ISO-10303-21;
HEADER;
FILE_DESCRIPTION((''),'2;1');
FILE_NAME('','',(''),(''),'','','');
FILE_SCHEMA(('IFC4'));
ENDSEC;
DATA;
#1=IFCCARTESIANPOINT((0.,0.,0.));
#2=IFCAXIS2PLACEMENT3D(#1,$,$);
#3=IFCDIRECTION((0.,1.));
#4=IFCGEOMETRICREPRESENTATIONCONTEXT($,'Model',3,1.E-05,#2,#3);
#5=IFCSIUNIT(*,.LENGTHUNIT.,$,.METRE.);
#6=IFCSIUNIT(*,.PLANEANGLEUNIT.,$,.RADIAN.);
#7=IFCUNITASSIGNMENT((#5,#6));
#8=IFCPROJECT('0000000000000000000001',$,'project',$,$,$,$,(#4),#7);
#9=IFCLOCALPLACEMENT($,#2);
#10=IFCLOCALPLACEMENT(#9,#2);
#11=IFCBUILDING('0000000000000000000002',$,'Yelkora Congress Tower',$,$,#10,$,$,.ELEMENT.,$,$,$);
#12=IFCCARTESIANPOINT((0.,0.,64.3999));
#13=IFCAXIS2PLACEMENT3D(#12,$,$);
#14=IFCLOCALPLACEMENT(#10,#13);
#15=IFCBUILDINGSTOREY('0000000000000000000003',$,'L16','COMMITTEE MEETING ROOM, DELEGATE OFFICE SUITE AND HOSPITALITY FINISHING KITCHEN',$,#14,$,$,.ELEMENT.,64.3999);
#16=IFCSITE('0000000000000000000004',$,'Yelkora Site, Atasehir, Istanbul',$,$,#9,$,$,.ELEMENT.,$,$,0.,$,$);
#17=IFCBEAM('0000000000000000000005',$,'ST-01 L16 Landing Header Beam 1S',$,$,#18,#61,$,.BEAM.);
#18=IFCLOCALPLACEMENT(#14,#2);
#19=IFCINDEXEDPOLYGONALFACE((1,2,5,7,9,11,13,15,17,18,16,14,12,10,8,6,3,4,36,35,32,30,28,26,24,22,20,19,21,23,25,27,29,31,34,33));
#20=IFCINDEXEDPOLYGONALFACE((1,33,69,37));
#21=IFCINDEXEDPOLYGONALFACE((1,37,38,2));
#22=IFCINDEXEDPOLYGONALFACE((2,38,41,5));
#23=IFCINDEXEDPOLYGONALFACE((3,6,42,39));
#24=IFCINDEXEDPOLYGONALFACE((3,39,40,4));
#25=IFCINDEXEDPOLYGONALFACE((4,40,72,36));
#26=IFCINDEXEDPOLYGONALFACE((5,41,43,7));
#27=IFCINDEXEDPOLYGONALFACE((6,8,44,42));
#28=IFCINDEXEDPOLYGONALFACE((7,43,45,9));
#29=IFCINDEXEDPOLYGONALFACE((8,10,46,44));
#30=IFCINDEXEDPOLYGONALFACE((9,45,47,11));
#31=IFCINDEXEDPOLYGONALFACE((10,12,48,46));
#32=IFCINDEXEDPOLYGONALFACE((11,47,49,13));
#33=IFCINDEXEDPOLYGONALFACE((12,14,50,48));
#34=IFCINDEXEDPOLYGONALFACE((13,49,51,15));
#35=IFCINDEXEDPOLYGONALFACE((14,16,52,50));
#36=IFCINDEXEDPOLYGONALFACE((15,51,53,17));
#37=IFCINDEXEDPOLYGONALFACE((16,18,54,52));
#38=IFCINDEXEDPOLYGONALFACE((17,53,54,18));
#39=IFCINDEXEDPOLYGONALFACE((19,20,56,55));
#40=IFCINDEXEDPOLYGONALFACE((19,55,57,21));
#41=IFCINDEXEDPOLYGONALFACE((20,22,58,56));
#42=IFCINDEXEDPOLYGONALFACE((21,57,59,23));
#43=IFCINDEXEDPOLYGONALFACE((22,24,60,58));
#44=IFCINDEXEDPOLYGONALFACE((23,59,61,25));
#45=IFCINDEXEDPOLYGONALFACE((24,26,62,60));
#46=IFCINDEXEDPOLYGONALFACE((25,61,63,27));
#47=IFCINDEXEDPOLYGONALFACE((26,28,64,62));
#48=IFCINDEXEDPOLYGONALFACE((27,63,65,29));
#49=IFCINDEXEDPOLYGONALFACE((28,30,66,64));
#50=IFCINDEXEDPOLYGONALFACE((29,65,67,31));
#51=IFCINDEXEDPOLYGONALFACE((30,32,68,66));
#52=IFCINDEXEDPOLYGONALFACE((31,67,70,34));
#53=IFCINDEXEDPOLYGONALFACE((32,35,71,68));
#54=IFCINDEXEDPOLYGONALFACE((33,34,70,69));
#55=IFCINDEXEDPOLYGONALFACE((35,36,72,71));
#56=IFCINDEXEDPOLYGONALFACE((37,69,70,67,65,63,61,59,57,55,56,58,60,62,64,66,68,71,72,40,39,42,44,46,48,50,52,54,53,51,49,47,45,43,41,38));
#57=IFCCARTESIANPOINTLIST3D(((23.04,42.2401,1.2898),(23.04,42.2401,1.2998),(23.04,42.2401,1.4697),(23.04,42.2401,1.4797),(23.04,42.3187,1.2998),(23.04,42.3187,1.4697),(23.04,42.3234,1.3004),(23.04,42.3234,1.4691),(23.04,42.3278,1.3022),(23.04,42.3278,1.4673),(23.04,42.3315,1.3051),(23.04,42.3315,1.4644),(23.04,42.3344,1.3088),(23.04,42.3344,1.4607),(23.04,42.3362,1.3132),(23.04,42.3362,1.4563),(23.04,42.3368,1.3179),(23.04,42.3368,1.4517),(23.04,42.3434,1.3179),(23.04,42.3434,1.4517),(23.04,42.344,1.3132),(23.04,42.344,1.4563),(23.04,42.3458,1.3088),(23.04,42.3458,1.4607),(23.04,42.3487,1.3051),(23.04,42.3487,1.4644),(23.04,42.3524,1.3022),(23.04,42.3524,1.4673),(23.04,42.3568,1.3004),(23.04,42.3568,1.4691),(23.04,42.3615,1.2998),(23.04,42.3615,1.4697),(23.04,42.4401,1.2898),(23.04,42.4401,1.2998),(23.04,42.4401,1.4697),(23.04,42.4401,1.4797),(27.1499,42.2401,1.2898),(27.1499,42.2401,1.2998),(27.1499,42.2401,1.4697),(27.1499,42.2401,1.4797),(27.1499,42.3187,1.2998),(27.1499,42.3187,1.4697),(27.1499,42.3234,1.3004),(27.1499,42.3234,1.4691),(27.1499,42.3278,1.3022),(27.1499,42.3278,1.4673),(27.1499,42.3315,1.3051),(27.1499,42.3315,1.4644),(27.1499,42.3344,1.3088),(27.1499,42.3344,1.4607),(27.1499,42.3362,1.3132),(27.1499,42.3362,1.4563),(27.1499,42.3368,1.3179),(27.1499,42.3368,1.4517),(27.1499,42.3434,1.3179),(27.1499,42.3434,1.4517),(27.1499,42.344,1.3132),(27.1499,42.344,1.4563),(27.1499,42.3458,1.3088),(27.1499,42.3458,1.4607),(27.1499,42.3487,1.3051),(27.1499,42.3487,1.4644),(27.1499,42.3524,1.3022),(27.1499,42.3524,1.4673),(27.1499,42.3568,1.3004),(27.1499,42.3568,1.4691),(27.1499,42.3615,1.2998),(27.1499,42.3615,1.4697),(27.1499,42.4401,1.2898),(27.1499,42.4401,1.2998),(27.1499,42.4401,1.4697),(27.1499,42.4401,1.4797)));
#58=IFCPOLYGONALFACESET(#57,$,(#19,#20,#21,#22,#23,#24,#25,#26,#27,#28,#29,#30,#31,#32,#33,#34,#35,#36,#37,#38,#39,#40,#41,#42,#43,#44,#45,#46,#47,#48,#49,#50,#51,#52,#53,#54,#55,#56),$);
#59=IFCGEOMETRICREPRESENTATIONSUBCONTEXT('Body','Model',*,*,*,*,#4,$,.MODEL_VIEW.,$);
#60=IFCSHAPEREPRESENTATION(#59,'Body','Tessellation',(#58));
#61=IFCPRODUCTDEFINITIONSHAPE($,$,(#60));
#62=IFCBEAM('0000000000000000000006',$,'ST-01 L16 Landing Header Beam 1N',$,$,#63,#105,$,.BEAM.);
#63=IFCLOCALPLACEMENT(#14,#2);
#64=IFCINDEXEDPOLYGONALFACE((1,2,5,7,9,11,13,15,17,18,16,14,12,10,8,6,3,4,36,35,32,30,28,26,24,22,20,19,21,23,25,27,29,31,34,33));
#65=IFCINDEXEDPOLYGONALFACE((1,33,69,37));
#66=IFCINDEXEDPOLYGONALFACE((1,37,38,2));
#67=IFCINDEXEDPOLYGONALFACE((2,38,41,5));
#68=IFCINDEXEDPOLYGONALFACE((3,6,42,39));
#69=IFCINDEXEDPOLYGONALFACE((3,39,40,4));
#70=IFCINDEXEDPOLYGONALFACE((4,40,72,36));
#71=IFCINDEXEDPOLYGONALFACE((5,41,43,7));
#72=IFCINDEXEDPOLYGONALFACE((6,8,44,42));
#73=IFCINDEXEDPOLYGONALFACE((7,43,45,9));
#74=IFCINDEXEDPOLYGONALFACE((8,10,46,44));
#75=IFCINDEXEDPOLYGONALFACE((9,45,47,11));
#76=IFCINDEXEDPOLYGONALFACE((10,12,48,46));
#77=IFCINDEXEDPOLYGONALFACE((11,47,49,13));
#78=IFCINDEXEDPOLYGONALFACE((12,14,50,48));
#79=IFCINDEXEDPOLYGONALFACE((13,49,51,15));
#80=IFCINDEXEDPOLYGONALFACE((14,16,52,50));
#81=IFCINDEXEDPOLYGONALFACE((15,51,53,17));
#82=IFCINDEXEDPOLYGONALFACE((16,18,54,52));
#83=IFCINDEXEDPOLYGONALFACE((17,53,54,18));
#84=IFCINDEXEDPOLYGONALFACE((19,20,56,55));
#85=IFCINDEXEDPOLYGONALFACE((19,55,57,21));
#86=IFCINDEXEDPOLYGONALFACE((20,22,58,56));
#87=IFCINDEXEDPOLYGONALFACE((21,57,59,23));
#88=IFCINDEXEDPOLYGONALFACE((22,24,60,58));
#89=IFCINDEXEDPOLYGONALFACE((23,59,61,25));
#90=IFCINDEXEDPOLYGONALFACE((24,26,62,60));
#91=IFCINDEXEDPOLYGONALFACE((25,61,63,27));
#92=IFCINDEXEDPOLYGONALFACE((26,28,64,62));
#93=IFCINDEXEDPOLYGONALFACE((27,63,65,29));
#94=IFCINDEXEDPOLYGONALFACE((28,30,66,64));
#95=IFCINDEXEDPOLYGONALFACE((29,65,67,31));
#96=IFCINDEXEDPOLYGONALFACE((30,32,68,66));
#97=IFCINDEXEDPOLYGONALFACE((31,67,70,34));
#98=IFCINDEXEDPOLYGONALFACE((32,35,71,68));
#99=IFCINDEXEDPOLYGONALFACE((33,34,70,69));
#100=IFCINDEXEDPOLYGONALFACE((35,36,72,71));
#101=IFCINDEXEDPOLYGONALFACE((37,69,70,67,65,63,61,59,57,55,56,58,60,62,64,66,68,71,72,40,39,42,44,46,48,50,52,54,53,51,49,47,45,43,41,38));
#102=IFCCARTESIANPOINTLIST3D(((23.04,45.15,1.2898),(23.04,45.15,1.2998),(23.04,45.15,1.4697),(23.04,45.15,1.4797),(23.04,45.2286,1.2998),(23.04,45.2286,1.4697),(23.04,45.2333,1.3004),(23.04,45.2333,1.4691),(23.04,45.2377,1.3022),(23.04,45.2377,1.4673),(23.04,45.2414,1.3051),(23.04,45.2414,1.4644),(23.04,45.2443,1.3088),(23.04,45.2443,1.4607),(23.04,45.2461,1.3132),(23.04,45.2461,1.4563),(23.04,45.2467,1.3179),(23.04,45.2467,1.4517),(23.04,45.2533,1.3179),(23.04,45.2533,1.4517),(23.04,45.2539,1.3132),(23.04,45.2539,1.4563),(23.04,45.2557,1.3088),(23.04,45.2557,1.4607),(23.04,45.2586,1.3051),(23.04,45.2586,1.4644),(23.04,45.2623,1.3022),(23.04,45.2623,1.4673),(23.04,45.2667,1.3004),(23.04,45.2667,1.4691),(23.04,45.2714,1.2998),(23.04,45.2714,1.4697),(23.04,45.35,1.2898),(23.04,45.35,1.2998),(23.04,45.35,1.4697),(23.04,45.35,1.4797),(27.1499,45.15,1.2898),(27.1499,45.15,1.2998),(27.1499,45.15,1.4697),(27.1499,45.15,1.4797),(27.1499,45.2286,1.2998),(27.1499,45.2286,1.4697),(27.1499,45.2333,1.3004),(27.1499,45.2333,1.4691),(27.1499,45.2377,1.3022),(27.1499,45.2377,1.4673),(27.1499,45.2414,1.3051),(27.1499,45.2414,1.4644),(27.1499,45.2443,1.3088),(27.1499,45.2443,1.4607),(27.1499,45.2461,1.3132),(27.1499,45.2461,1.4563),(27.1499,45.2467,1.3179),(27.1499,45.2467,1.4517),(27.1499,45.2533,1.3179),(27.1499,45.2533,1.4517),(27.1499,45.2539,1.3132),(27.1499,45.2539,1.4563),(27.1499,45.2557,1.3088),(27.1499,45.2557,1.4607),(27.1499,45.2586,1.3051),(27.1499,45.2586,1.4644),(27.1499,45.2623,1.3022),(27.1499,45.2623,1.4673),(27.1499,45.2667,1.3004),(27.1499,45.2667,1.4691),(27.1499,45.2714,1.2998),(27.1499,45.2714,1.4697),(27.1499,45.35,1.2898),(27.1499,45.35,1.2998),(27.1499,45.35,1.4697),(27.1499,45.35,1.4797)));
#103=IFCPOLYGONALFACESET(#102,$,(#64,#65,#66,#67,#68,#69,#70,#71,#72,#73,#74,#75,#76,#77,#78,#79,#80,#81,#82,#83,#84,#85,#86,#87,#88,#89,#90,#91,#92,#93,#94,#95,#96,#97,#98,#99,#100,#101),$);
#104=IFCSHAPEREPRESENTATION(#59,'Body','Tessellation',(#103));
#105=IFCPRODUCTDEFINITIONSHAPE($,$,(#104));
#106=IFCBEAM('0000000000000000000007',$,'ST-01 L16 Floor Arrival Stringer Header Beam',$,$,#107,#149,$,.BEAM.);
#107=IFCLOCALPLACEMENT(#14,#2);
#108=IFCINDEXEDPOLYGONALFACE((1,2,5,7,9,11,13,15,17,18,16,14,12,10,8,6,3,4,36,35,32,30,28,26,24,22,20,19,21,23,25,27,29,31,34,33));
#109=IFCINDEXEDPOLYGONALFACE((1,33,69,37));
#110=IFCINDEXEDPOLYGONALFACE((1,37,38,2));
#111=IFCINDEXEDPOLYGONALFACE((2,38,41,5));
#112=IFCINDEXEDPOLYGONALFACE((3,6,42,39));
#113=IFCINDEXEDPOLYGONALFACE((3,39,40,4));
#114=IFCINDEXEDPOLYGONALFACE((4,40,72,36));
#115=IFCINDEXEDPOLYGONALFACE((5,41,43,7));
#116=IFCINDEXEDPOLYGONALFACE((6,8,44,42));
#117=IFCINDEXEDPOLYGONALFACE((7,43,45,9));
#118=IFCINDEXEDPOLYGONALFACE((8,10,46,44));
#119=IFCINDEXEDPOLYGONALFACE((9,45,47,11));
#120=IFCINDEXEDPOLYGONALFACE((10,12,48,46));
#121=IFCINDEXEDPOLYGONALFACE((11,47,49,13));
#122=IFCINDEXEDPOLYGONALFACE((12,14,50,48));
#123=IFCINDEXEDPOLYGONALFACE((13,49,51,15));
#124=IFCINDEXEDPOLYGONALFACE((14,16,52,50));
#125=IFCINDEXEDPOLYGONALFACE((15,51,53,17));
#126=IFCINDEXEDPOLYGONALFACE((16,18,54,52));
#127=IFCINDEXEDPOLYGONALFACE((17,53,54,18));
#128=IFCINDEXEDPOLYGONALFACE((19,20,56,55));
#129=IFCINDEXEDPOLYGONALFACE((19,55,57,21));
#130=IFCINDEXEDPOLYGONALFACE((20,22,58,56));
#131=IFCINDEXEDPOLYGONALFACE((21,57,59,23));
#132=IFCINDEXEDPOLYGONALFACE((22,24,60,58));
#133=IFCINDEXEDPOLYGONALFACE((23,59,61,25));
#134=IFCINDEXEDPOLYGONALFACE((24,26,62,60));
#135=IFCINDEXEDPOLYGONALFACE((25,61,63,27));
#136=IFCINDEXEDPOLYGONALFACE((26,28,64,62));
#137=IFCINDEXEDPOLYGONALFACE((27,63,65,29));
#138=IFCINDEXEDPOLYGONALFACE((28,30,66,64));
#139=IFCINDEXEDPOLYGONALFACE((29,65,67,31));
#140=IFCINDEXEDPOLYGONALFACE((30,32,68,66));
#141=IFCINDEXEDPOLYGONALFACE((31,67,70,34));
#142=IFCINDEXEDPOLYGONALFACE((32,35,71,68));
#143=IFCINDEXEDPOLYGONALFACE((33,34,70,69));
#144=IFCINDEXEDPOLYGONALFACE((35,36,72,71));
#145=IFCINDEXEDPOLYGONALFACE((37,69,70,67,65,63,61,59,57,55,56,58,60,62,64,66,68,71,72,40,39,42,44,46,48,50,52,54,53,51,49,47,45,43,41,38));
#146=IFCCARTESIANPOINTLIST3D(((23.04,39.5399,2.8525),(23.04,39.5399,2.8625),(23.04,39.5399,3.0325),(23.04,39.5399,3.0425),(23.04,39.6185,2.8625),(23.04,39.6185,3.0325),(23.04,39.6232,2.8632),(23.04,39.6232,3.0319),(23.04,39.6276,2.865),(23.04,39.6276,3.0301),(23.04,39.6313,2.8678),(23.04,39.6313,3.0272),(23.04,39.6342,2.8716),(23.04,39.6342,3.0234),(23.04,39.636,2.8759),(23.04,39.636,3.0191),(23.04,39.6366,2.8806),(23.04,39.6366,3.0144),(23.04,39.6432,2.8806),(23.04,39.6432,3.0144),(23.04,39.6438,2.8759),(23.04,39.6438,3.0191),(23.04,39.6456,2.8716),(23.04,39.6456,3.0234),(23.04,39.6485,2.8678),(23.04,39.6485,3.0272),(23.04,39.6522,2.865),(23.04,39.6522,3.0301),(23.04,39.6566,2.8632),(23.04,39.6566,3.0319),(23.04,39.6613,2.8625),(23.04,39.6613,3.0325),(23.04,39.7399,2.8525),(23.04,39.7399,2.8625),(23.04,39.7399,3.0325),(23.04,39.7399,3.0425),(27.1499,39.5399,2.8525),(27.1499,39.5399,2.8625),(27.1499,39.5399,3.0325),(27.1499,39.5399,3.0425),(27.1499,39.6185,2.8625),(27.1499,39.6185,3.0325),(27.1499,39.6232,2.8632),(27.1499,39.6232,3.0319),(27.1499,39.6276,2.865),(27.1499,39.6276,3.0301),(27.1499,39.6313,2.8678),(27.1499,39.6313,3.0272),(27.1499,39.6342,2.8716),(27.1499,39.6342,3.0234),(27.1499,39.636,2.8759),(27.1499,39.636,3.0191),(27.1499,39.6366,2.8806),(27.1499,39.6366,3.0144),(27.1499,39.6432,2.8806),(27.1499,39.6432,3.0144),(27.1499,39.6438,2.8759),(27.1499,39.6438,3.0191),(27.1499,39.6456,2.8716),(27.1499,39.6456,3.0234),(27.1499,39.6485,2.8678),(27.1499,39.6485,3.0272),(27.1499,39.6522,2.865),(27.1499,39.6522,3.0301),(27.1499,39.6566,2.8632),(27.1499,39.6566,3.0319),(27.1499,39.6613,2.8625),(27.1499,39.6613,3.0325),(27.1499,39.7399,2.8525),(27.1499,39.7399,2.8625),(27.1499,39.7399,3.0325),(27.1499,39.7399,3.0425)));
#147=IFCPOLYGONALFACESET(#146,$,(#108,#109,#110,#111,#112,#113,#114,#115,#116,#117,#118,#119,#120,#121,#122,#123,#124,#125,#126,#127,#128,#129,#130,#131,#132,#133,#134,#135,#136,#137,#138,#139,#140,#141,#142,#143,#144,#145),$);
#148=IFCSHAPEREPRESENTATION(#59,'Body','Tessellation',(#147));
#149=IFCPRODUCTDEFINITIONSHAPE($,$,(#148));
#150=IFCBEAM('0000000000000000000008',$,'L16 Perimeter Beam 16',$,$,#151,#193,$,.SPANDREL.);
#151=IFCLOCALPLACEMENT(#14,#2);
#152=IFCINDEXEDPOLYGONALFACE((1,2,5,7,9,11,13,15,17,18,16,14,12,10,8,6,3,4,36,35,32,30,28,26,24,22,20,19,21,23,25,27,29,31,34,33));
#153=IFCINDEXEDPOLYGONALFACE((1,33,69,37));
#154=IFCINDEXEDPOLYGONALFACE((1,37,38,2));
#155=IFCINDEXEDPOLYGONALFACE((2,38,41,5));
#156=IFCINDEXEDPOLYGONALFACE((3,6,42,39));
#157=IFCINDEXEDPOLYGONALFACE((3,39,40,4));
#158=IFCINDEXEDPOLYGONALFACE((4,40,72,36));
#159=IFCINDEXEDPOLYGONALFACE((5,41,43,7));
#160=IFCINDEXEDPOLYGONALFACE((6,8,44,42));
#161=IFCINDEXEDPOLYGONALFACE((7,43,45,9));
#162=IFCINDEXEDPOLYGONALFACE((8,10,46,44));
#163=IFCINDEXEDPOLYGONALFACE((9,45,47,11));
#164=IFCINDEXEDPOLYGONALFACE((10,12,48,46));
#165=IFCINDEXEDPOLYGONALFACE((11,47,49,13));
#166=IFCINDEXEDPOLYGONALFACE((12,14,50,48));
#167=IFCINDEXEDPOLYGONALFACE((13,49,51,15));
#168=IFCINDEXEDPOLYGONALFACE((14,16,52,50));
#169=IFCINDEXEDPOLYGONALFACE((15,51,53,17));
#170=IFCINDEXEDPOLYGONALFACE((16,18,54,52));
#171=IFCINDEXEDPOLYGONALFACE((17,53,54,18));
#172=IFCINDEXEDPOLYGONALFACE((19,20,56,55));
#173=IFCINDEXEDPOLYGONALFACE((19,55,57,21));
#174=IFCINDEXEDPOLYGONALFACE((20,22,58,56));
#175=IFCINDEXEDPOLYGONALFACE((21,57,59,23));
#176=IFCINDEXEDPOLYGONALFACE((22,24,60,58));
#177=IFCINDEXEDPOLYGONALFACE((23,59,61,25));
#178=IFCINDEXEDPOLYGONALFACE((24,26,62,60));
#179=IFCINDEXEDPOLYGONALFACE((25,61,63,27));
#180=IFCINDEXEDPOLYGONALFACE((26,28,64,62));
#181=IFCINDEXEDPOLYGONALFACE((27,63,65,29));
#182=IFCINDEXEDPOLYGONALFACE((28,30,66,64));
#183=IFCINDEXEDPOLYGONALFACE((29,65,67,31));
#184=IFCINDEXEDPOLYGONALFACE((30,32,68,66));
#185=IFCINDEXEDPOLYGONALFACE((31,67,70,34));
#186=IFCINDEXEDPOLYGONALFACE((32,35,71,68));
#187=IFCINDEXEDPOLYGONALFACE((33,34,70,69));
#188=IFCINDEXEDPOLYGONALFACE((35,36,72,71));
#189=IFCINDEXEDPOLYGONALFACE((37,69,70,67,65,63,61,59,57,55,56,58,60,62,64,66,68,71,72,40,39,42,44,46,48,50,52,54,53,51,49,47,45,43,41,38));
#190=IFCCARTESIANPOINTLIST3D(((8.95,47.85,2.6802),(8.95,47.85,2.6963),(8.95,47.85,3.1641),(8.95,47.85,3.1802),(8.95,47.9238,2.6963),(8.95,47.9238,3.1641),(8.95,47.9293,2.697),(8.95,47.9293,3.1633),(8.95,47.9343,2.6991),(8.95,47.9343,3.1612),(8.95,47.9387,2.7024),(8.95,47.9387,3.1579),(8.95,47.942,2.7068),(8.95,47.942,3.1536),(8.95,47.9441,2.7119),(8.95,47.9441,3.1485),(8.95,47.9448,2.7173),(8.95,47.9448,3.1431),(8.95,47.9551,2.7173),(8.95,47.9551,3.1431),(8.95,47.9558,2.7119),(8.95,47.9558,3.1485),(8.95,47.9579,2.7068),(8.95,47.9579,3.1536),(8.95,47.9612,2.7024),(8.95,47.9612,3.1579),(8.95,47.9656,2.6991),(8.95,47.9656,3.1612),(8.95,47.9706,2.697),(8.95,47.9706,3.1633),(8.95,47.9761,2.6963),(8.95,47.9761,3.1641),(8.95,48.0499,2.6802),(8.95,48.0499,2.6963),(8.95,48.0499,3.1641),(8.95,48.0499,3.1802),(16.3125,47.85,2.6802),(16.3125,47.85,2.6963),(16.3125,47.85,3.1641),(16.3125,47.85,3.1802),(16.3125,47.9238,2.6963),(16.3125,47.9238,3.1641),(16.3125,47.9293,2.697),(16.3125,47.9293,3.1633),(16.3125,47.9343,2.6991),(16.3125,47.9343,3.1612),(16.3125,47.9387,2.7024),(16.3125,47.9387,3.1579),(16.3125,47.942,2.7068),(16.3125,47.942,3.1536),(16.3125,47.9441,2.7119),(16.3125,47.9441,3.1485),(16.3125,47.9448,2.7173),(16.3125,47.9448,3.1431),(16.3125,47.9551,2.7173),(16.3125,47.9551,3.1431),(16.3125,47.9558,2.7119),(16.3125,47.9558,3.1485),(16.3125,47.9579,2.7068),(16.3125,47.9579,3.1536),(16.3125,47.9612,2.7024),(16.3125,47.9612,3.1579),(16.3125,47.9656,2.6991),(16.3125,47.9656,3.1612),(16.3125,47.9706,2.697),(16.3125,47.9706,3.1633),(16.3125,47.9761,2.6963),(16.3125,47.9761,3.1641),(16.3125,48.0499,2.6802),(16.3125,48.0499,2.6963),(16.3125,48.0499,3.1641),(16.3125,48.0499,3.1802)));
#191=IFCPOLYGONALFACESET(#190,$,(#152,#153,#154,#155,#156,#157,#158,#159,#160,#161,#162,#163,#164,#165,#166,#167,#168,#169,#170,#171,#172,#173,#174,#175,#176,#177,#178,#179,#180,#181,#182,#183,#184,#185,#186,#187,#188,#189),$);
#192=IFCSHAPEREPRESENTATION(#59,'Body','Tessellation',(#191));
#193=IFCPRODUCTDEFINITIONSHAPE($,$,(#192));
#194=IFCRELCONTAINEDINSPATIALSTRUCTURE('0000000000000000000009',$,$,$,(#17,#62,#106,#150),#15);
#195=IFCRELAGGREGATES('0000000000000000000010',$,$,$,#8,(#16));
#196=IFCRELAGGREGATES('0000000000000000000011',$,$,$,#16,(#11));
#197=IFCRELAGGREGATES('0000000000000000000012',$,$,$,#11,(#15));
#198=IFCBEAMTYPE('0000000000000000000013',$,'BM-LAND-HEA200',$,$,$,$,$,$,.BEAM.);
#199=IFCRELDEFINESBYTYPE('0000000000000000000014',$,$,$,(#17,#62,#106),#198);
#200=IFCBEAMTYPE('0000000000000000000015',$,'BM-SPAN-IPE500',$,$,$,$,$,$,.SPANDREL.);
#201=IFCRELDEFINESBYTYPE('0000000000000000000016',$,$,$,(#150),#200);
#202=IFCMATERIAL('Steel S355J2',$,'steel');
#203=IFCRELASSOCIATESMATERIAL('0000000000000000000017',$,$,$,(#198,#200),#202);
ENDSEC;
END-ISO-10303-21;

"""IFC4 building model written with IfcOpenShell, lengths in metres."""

from ifc_helpers import new_model, si_unit, direction, frame, origin, origin_2d, place, context, subcontext, project, spatial, i_section, extrude, material, material_profile, profile_set, type_object, element, save


model = new_model("IFC4")

# Units and contexts
model_context = context("Model", 3, precision=1e-05, world=origin(), true_north=direction((0.0, 1.0)))
body_context = subcontext(model_context, "Body", "Model", "MODEL_VIEW")
ifc_project = project(units=[si_unit("LENGTHUNIT", "METRE"), si_unit("PLANEANGLEUNIT", "RADIAN")], contexts=[model_context])

# Site, building, storey
site_placement = place(None, origin())
site = spatial("IfcSite", under=ifc_project, at=site_placement, Name="Yelkora Site, Atasehir, Istanbul", CompositionType="ELEMENT", RefElevation=0.0)
building_placement = place(site_placement, origin())
building = spatial("IfcBuilding", under=site, at=building_placement, Name="Yelkora Congress Tower", CompositionType="ELEMENT")
storey_placement = place(building_placement, frame((0.0, 0.0, 64.3999)))
storey = spatial("IfcBuildingStorey", under=building, at=storey_placement, Name="L16", Description="COMMITTEE MEETING ROOM, DELEGATE OFFICE SUITE AND HOSPITALITY FINISHING KITCHEN", CompositionType="ELEMENT", Elevation=64.3999)

# Beams
ifc_material_1 = material(Name="Steel S355J2", Category="steel")
ifc_material_profile_1 = material_profile(ifc_material_1, i_section(OverallWidth=0.2, OverallDepth=0.1899, WebThickness=0.0066, FlangeThickness=0.01, FilletRadius=0.0181, at=origin_2d()), Name="HEA 200")
ifc_profile_set_1 = profile_set([ifc_material_profile_1], Name="Steel S355J2")
beam_type_1 = type_object("IfcBeamType", Name="BM-LAND-HEA200", PredefinedType="BEAM", material=ifc_profile_set_1)
for number, where, z_axis, x_axis, name in (
    (1, (23.04, 42.3401, 1.3848), (1.0, 0.0, 0.0), (0.0, 1.0, 0.0), "ST-01 L16 Landing Header Beam 1S"),
    (2, (23.04, 45.25, 1.3848), (1.0, 0.0, 0.0), (0.0, 1.0, 0.0), "ST-01 L16 Landing Header Beam 1N"),
    (3, (23.04, 39.6399, 2.9475), (1.0, 0.0, 0.0), (0.0, 1.0, 0.0), "ST-01 L16 Floor Arrival Stringer Header Beam"),
):
    element("IfcBeam", number, at=place(storey_placement, frame(where, z_axis=z_axis, x_axis=x_axis)), inside=storey, type_object=beam_type_1, Name=name, PredefinedType="BEAM", context=body_context, shape_type="SweptSolid", body=[
        extrude(i_section(OverallWidth=0.2, OverallDepth=0.1899, WebThickness=0.0066, FlangeThickness=0.01, FilletRadius=0.0181, at=origin_2d()), origin(), (0.0, 0.0, 1.0), 4.1099),
    ])
ifc_material_profile_2 = material_profile(ifc_material_1, i_section(OverallWidth=0.2, OverallDepth=0.5, WebThickness=0.0103, FlangeThickness=0.0161, FilletRadius=0.021, at=origin_2d()), Name="IPE 500")
ifc_profile_set_2 = profile_set([ifc_material_profile_2], Name="Steel S355J2")
beam_type_2 = type_object("IfcBeamType", Name="BM-SPAN-IPE500", PredefinedType="SPANDREL", material=ifc_profile_set_2)
beam_1_placement = place(storey_placement, frame((16.3125, 47.95, 2.9302), z_axis=(-1.0, 0.0, 0.0), x_axis=(0.0, -1.0, 0.0)))
element("IfcBeam", 4, at=beam_1_placement, inside=storey, type_object=beam_type_2, Name="L16 Perimeter Beam 16", PredefinedType="SPANDREL", context=body_context, shape_type="SweptSolid", body=[
    extrude(i_section(OverallWidth=0.2, OverallDepth=0.5, WebThickness=0.0103, FlangeThickness=0.0161, FilletRadius=0.021, at=origin_2d()), origin(), (0.0, 0.0, 1.0), 7.3625),
])

save(model, "model.ifc")
